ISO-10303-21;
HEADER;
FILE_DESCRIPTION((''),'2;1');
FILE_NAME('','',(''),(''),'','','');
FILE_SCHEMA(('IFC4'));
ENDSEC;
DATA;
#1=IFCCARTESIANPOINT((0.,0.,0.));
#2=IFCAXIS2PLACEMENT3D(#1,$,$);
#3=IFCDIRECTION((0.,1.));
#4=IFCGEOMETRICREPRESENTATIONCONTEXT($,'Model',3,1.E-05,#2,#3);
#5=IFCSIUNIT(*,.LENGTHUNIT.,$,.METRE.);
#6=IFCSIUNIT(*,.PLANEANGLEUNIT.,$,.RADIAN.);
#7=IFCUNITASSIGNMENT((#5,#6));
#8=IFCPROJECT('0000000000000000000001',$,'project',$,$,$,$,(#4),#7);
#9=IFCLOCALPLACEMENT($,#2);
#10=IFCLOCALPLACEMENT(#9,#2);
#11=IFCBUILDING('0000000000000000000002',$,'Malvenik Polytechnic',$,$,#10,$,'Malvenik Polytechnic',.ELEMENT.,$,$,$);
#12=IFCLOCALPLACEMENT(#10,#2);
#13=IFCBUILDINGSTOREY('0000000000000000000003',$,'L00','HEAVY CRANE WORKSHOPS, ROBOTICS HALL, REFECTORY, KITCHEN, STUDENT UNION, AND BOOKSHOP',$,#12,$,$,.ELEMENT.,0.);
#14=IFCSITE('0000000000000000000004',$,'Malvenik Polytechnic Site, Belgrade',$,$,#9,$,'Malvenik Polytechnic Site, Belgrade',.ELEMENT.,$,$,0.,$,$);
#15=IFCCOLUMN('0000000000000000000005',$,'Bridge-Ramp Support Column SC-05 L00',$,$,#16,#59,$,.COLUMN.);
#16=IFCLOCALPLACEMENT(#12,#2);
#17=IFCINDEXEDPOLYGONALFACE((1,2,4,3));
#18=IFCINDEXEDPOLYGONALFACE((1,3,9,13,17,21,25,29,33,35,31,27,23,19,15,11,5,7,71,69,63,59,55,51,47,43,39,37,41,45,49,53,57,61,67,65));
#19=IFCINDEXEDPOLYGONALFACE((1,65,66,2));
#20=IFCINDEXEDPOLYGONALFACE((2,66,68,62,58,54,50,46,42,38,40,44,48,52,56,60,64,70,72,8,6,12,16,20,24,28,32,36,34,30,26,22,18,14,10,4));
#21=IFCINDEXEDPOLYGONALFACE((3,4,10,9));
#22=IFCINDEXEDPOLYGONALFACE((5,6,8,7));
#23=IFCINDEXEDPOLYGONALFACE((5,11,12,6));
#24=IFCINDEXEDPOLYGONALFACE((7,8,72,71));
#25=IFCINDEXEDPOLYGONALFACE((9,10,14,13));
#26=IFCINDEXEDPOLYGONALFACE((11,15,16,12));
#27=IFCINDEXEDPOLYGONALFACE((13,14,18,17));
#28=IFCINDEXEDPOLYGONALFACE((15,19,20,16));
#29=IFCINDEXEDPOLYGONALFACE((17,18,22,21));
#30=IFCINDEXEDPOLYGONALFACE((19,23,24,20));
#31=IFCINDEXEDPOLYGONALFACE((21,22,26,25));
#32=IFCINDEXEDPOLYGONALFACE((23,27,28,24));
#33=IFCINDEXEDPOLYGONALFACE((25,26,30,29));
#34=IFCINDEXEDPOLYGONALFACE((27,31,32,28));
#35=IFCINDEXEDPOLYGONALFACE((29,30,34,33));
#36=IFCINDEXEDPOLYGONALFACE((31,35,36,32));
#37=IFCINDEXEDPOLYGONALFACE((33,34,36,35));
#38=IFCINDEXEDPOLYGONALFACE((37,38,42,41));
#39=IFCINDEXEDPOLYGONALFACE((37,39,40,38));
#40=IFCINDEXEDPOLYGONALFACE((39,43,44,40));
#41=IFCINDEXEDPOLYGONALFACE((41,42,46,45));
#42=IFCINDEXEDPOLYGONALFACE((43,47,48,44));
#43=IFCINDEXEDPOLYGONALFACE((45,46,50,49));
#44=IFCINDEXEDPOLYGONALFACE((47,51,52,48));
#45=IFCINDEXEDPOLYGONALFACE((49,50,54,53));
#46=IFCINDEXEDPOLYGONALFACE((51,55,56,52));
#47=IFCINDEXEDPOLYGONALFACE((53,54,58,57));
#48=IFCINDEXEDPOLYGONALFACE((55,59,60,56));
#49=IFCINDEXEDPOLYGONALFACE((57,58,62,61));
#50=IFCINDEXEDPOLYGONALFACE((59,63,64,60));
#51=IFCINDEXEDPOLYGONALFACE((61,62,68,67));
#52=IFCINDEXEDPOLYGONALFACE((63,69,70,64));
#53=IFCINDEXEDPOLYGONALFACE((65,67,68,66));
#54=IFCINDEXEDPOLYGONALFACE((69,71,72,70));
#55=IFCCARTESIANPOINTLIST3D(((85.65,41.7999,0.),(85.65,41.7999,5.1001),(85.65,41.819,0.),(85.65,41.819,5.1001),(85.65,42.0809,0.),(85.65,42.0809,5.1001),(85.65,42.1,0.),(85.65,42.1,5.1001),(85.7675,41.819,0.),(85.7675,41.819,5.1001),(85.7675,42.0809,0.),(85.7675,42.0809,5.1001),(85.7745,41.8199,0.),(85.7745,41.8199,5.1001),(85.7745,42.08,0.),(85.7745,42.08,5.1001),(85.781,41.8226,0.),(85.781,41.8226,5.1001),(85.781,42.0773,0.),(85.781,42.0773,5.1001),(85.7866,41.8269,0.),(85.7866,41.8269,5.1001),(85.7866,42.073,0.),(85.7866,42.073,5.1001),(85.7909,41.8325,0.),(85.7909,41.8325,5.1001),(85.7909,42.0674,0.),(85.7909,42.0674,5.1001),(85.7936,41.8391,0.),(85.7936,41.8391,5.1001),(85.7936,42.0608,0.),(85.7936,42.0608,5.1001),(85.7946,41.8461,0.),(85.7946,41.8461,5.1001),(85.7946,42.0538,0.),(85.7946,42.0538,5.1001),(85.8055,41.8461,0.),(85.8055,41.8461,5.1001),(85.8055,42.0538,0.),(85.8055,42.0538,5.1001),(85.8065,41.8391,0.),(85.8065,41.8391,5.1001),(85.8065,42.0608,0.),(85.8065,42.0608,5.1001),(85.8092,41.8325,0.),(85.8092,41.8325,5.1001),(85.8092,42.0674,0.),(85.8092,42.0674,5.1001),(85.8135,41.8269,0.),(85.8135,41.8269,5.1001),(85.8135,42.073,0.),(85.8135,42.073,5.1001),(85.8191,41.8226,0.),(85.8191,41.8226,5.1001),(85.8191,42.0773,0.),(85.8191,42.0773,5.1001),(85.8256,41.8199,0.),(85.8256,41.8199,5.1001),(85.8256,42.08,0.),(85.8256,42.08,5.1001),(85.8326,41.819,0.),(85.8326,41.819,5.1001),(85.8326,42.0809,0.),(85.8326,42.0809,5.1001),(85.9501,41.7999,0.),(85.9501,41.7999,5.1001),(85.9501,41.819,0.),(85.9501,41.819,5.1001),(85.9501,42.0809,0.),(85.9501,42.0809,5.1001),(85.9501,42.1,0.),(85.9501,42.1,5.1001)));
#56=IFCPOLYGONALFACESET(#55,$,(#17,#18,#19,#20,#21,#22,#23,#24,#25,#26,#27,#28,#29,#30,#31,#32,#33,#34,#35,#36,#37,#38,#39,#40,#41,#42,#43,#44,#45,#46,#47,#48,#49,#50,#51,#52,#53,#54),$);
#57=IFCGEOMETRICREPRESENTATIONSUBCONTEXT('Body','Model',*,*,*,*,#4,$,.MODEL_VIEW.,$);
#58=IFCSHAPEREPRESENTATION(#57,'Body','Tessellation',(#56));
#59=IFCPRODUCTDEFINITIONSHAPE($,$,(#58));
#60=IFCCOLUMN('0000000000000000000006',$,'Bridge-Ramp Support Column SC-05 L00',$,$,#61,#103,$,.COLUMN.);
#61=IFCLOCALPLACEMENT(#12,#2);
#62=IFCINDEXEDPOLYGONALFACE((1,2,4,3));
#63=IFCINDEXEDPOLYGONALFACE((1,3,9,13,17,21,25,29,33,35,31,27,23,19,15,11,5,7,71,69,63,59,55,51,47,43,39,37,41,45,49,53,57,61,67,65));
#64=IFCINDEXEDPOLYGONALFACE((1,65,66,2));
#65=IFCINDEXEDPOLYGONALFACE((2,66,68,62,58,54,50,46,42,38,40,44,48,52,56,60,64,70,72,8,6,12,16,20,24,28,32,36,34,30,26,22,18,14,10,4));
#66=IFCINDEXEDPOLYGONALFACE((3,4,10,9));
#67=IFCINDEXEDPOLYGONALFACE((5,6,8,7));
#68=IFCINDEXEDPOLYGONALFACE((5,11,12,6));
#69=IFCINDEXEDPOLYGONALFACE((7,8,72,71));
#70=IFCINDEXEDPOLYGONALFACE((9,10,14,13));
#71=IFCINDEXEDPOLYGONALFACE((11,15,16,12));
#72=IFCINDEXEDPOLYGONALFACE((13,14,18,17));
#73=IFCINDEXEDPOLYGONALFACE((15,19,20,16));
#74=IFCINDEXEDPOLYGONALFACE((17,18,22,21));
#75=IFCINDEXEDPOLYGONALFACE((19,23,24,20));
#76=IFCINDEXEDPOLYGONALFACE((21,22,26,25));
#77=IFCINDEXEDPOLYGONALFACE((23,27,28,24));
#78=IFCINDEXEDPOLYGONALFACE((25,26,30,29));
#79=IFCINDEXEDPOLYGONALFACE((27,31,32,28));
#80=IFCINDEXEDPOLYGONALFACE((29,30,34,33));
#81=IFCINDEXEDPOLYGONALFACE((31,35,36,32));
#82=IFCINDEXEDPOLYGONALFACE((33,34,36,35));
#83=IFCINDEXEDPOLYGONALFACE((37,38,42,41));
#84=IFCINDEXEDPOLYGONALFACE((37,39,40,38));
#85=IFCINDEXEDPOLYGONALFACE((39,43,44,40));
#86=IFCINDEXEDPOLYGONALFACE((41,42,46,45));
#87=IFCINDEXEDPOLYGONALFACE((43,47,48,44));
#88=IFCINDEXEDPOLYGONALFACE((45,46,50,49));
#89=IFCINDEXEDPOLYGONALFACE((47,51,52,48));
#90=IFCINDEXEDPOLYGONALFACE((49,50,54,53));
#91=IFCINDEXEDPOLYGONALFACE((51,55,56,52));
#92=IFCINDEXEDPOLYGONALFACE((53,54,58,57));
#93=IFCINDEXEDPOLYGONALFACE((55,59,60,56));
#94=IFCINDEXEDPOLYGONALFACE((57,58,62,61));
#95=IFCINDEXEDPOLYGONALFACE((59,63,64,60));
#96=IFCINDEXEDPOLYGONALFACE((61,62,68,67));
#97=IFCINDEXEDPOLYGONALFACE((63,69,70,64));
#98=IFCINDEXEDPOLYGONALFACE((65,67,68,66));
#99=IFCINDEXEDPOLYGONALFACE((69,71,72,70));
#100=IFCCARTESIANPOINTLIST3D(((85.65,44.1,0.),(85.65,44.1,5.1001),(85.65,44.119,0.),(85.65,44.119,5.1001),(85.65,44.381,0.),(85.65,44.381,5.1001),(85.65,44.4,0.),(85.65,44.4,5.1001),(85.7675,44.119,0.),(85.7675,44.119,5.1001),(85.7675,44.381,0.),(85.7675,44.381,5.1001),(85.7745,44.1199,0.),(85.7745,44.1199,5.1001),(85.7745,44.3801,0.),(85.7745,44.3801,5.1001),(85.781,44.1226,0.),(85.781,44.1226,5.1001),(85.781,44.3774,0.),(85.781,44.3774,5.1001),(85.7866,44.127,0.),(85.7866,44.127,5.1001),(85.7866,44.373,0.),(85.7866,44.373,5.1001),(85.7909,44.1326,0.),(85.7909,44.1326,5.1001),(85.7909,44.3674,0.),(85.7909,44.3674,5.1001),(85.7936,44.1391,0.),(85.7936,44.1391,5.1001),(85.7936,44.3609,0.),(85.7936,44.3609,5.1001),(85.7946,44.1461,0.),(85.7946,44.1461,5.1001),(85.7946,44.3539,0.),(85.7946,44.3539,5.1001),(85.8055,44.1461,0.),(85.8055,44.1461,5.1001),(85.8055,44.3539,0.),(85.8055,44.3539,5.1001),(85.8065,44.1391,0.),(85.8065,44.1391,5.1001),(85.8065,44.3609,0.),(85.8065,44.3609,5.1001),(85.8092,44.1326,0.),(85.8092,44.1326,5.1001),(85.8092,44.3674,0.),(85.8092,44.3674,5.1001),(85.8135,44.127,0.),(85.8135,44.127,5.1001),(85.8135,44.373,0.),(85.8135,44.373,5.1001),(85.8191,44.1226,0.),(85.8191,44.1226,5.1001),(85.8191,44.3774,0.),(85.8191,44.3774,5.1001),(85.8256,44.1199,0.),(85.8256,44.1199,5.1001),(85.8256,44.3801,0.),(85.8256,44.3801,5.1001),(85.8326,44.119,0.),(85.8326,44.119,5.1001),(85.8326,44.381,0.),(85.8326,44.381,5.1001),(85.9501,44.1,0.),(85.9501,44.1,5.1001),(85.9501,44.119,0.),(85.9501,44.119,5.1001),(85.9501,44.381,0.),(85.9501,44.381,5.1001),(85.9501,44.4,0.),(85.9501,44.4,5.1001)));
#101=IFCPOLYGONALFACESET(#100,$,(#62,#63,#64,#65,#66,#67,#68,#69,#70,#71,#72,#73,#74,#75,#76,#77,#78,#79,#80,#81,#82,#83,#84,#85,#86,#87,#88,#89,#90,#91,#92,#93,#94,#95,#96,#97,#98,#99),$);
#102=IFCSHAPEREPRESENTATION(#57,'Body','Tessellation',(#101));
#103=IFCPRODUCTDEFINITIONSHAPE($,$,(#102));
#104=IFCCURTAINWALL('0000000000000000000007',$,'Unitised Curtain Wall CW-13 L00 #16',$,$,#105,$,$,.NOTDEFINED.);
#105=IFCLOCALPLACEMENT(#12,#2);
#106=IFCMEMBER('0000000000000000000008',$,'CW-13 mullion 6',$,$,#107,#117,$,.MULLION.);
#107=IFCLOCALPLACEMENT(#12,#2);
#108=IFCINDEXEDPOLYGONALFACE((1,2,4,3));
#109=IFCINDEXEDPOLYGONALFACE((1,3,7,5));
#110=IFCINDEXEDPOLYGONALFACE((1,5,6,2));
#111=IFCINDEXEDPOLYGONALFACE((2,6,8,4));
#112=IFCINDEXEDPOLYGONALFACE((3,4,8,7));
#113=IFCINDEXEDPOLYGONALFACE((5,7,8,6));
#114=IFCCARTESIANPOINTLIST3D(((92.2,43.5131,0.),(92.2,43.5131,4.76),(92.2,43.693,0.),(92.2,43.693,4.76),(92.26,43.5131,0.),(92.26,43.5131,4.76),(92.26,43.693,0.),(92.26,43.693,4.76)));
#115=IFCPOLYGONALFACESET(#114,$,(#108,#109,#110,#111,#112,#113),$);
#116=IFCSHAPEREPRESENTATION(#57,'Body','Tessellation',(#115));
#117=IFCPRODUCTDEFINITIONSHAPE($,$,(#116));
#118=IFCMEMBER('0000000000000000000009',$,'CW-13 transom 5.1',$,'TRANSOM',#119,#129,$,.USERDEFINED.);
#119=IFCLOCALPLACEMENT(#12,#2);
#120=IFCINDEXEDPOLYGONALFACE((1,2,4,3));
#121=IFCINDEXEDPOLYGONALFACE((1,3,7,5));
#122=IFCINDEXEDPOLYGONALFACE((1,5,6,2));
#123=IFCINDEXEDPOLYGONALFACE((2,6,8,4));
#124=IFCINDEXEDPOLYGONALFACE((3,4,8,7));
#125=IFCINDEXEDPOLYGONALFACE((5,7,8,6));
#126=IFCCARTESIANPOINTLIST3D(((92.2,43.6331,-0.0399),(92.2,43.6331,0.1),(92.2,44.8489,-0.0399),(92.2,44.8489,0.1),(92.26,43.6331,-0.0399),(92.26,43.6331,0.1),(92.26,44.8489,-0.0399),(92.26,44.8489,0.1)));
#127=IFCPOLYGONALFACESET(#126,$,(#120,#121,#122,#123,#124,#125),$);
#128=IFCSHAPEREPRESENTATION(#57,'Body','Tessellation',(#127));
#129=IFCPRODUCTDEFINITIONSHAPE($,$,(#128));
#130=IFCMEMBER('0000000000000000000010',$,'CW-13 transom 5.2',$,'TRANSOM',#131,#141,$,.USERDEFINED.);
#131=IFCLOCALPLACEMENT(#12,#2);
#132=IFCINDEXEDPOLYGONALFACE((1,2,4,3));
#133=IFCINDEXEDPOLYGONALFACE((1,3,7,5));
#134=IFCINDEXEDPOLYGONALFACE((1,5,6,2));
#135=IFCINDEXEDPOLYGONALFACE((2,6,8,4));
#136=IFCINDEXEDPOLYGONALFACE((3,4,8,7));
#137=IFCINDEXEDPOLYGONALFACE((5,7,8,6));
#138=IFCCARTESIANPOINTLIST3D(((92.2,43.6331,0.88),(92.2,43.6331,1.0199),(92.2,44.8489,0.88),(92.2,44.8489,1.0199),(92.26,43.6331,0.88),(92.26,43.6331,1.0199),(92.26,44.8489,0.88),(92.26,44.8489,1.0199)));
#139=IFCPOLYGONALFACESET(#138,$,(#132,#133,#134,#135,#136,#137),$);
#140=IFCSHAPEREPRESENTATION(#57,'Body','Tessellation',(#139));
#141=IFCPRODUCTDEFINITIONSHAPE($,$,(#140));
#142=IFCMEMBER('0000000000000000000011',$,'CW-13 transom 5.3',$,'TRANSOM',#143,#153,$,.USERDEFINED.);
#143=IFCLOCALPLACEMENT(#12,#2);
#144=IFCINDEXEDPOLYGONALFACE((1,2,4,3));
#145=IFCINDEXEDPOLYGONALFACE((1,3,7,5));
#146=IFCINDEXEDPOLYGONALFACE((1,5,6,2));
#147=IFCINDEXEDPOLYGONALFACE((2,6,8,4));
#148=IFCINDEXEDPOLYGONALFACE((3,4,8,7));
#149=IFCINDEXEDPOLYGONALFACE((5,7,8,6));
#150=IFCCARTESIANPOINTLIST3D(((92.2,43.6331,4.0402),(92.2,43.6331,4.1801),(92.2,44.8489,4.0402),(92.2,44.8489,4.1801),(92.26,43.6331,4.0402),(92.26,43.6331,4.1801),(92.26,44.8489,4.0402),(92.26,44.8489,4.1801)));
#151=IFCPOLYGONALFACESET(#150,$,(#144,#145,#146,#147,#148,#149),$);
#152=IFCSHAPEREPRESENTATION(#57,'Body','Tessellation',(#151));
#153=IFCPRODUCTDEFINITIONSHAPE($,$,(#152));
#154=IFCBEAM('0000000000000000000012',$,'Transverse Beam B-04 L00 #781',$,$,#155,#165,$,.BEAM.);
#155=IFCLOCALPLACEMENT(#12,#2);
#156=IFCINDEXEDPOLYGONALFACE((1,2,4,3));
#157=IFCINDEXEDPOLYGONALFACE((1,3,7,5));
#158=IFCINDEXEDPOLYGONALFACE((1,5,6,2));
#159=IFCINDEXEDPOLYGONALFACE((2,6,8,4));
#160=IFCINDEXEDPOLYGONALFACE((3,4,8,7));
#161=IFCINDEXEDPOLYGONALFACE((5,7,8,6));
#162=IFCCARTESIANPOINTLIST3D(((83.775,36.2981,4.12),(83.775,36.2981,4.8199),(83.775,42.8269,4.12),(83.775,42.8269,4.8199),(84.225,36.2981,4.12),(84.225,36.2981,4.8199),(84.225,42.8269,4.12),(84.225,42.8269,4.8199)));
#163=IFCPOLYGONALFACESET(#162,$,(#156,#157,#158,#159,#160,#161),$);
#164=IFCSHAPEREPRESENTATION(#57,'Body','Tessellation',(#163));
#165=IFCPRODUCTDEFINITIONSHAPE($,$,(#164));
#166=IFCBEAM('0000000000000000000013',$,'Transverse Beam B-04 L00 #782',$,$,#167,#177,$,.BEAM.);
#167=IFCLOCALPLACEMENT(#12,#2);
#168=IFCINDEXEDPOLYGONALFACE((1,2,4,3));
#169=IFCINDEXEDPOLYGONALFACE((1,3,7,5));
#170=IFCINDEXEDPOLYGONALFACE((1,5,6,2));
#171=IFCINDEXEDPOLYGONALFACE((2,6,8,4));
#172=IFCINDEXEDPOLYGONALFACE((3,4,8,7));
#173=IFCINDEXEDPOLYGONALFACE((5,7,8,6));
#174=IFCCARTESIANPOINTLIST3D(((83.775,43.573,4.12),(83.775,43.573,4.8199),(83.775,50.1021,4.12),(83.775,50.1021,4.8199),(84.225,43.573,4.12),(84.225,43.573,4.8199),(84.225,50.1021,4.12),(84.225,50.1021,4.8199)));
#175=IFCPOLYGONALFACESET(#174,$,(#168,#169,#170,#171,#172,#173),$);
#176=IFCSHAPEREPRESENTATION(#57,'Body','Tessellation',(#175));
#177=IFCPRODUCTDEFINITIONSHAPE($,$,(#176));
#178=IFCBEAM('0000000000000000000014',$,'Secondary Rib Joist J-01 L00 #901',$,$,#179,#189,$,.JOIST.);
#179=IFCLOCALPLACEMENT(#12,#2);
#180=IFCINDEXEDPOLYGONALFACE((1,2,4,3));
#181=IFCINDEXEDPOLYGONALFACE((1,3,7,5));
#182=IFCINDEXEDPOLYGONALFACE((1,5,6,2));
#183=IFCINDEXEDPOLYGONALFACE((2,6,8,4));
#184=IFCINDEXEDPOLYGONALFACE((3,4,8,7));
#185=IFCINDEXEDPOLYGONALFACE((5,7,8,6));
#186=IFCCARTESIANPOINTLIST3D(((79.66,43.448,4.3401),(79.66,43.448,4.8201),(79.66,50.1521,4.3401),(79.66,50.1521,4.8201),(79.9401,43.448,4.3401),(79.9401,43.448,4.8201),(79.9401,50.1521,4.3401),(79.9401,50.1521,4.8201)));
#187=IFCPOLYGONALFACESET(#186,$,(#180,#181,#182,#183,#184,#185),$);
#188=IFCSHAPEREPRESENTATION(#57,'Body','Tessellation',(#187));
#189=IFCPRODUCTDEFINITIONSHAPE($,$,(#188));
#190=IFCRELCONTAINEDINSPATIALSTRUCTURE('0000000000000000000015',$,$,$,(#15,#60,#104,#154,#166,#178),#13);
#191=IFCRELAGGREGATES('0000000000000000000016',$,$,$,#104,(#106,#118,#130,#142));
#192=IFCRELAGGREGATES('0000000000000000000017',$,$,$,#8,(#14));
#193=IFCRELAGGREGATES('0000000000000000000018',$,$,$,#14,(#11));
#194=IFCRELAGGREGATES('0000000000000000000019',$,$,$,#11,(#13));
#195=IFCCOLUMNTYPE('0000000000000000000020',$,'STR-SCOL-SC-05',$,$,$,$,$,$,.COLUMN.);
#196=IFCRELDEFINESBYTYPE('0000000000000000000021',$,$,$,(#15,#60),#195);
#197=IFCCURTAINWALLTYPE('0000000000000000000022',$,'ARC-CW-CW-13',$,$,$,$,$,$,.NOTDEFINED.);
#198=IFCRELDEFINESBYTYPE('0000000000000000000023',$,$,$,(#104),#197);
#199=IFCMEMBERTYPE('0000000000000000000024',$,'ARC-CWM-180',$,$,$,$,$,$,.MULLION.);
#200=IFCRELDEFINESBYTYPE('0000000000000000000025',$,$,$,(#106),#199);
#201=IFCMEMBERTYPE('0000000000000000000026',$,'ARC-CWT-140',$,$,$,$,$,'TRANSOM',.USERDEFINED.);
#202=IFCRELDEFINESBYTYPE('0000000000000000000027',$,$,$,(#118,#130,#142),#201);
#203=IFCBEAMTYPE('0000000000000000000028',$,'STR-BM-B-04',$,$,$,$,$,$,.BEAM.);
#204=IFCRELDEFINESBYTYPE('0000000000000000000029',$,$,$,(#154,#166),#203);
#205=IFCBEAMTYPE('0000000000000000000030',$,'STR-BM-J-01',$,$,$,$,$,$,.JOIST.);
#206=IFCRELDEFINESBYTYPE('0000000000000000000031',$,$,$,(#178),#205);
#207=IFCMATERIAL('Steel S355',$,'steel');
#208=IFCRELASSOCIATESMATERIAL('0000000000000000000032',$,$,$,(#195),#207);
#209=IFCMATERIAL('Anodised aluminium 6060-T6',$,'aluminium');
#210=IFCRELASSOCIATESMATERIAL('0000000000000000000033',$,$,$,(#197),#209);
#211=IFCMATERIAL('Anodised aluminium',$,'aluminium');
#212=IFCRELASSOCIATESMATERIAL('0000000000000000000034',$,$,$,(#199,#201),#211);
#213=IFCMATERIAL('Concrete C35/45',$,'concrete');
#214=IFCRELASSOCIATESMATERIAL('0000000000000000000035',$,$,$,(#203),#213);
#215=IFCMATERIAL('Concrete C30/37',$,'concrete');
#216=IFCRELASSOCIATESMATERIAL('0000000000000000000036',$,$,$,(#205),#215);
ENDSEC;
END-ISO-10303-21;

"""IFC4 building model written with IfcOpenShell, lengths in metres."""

from ifc_helpers import new_model, si_unit, direction, frame, origin, origin_2d, place, context, subcontext, project, spatial, rectangle, i_section, extrude, material, material_profile, profile_set, type_object, element, aggregate, save


model = new_model("IFC4")

# Units and contexts
model_context = context("Model", 3, precision=1e-05, world=origin(), true_north=direction((0.0, 1.0)))
body_context = subcontext(model_context, "Body", "Model", "MODEL_VIEW")
ifc_project = project(units=[si_unit("LENGTHUNIT", "METRE"), si_unit("PLANEANGLEUNIT", "RADIAN")], contexts=[model_context])

# Site, building, storey
site_placement = place(None, origin())
site = spatial("IfcSite", under=ifc_project, at=site_placement, Name="Malvenik Polytechnic Site, Belgrade", LongName="Malvenik Polytechnic Site, Belgrade", CompositionType="ELEMENT", RefElevation=0.0)
building_placement = place(site_placement, origin())
building = spatial("IfcBuilding", under=site, at=building_placement, Name="Malvenik Polytechnic", LongName="Malvenik Polytechnic", CompositionType="ELEMENT")
storey_placement = place(building_placement, origin())
storey = spatial("IfcBuildingStorey", under=building, at=storey_placement, Name="L00", Description="HEAVY CRANE WORKSHOPS, ROBOTICS HALL, REFECTORY, KITCHEN, STUDENT UNION, AND BOOKSHOP", CompositionType="ELEMENT", Elevation=0.0)

# Columns
ifc_material_1 = material(Name="Concrete C35/45", Category="concrete")
ifc_material_2 = material(Name="Steel S355", Category="steel")
ifc_material_profile_1 = material_profile(ifc_material_2, i_section(OverallWidth=0.3, OverallDepth=0.3, WebThickness=0.011, FlangeThickness=0.019, FilletRadius=0.0271, at=origin_2d()), Name="HEB 300")
ifc_profile_set_1 = profile_set([ifc_material_profile_1], Name="Steel S355")
column_type_1 = type_object("IfcColumnType", Name="STR-SCOL-SC-05", PredefinedType="COLUMN", material=ifc_profile_set_1)
for number, where, z_axis, x_axis, name in (
    (1, (85.8, 41.95, 0.0), (0.0, 0.0, 1.0), (1.0, 0.0, 0.0), "Bridge-Ramp Support Column SC-05 L00"),
    (2, (85.8, 44.25, 0.0), (0.0, 0.0, 1.0), (1.0, 0.0, 0.0), "Bridge-Ramp Support Column SC-05 L00"),
):
    element("IfcColumn", number, at=place(storey_placement, frame(where, z_axis=z_axis, x_axis=x_axis)), inside=storey, type_object=column_type_1, Name=name, PredefinedType="COLUMN", context=body_context, shape_type="SweptSolid", body=[
        extrude(i_section(OverallWidth=0.3, OverallDepth=0.3, WebThickness=0.011, FlangeThickness=0.019, FilletRadius=0.0271, at=origin_2d()), origin(), (0.0, 0.0, 1.0), 5.1001),
    ])

# Curtain wall, members
ifc_material_3 = material(Name="Anodised aluminium 6060-T6", Category="aluminium")
curtain_wall_type = type_object("IfcCurtainWallType", Name="ARC-CW-CW-13", PredefinedType="NOTDEFINED", material=ifc_material_3)
curtain_wall_placement = place(storey_placement, origin())
curtain_wall = element("IfcCurtainWall", 3, at=curtain_wall_placement, inside=storey, type_object=curtain_wall_type, Name="Unitised Curtain Wall CW-13 L00 #16", PredefinedType="NOTDEFINED")
ifc_material_4 = material(Name="Anodised aluminium", Category="aluminium")
ifc_material_profile_2 = material_profile(ifc_material_4, rectangle(XDim=0.0601, YDim=0.1799, at=origin_2d()), Name="ALU MULLION 60x180")
ifc_profile_set_2 = profile_set([ifc_material_profile_2], Name="Anodised aluminium")
member_type_1 = type_object("IfcMemberType", Name="ARC-CWM-180", PredefinedType="MULLION", material=ifc_profile_set_2)
member_1_placement = place(storey_placement, frame((92.23, 43.603, 0.0), z_axis=(0.0, 0.0, 1.0), x_axis=(1.0, 0.0, 0.0)))
member_1 = element("IfcMember", 4, at=member_1_placement, type_object=member_type_1, Name="CW-13 mullion 6", PredefinedType="MULLION", context=body_context, shape_type="SweptSolid", body=[
    extrude(rectangle(XDim=0.0601, YDim=0.1799, at=origin_2d()), origin(), (0.0, 0.0, 1.0), 4.76),
])
ifc_material_profile_3 = material_profile(ifc_material_4, rectangle(XDim=0.0601, YDim=0.1399, at=origin_2d()), Name="ALU TRANSOM 60x140")
ifc_profile_set_3 = profile_set([ifc_material_profile_3], Name="Anodised aluminium")
member_type_2 = type_object("IfcMemberType", Name="ARC-CWT-140", ElementType="TRANSOM", PredefinedType="USERDEFINED", material=ifc_profile_set_3)
member_2_placement = place(storey_placement, frame((92.23, 44.8489, 0.03), z_axis=(0.0, -1.0, 0.0), x_axis=(1.0, 0.0, 0.0)))
member_2 = element("IfcMember", 5, at=member_2_placement, type_object=member_type_2, Name="CW-13 transom 5.1", ObjectType="TRANSOM", PredefinedType="USERDEFINED", context=body_context, shape_type="SweptSolid", body=[
    extrude(rectangle(XDim=0.0601, YDim=0.1399, at=origin_2d()), origin(), (0.0, 0.0, 1.0), 1.2158),
])
member_3_placement = place(storey_placement, frame((92.23, 44.8489, 0.95), z_axis=(0.0, -1.0, 0.0), x_axis=(1.0, 0.0, 0.0)))
member_3 = element("IfcMember", 6, at=member_3_placement, type_object=member_type_2, Name="CW-13 transom 5.2", ObjectType="TRANSOM", PredefinedType="USERDEFINED", context=body_context, shape_type="SweptSolid", body=[
    extrude(rectangle(XDim=0.0601, YDim=0.1399, at=origin_2d()), origin(), (0.0, 0.0, 1.0), 1.2158),
])
member_4_placement = place(storey_placement, frame((92.23, 44.8489, 4.1101), z_axis=(0.0, -1.0, 0.0), x_axis=(1.0, 0.0, 0.0)))
member_4 = element("IfcMember", 7, at=member_4_placement, type_object=member_type_2, Name="CW-13 transom 5.3", ObjectType="TRANSOM", PredefinedType="USERDEFINED", context=body_context, shape_type="SweptSolid", body=[
    extrude(rectangle(XDim=0.0601, YDim=0.1399, at=origin_2d()), origin(), (0.0, 0.0, 1.0), 1.2158),
])

# Beams
ifc_material_profile_4 = material_profile(ifc_material_1, rectangle(XDim=0.45, YDim=0.7, at=origin_2d()), Name="RC BM 450x700")
ifc_profile_set_4 = profile_set([ifc_material_profile_4], Name="Concrete C35/45")
beam_type_1 = type_object("IfcBeamType", Name="STR-BM-B-04", PredefinedType="BEAM", material=ifc_profile_set_4)
beam_1_placement = place(storey_placement, frame((84.0, 36.2981, 4.47), z_axis=(0.0, 1.0, 0.0), x_axis=(-1.0, 0.0, 0.0)))
element("IfcBeam", 8, at=beam_1_placement, inside=storey, type_object=beam_type_1, Name="Transverse Beam B-04 L00 #781", PredefinedType="BEAM", context=body_context, shape_type="SweptSolid", body=[
    extrude(rectangle(XDim=0.45, YDim=0.7, at=origin_2d()), origin(), (0.0, 0.0, 1.0), 6.5288),
])
beam_2_placement = place(storey_placement, frame((84.0, 43.573, 4.47), z_axis=(0.0, 1.0, 0.0), x_axis=(-1.0, 0.0, 0.0)))
element("IfcBeam", 9, at=beam_2_placement, inside=storey, type_object=beam_type_1, Name="Transverse Beam B-04 L00 #782", PredefinedType="BEAM", context=body_context, shape_type="SweptSolid", body=[
    extrude(rectangle(XDim=0.45, YDim=0.7, at=origin_2d()), origin(), (0.0, 0.0, 1.0), 6.5291),
])
ifc_material_5 = material(Name="Concrete C30/37", Category="concrete")
ifc_material_profile_5 = material_profile(ifc_material_5, rectangle(XDim=0.28, YDim=0.48, at=origin_2d()), Name="RC JST 280x480")
ifc_profile_set_5 = profile_set([ifc_material_profile_5], Name="Concrete C30/37")
beam_type_2 = type_object("IfcBeamType", Name="STR-BM-J-01", PredefinedType="JOIST", material=ifc_profile_set_5)
beam_3_placement = place(storey_placement, frame((79.8, 43.448, 4.5801), z_axis=(0.0, 1.0, 0.0), x_axis=(-1.0, 0.0, 0.0)))
element("IfcBeam", 10, at=beam_3_placement, inside=storey, type_object=beam_type_2, Name="Secondary Rib Joist J-01 L00 #901", PredefinedType="JOIST", context=body_context, shape_type="SweptSolid", body=[
    extrude(rectangle(XDim=0.28, YDim=0.48, at=origin_2d()), origin(), (0.0, 0.0, 1.0), 6.7041),
])

aggregate(curtain_wall, [member_1, member_2, member_3, member_4])

save(model, "model.ifc")
